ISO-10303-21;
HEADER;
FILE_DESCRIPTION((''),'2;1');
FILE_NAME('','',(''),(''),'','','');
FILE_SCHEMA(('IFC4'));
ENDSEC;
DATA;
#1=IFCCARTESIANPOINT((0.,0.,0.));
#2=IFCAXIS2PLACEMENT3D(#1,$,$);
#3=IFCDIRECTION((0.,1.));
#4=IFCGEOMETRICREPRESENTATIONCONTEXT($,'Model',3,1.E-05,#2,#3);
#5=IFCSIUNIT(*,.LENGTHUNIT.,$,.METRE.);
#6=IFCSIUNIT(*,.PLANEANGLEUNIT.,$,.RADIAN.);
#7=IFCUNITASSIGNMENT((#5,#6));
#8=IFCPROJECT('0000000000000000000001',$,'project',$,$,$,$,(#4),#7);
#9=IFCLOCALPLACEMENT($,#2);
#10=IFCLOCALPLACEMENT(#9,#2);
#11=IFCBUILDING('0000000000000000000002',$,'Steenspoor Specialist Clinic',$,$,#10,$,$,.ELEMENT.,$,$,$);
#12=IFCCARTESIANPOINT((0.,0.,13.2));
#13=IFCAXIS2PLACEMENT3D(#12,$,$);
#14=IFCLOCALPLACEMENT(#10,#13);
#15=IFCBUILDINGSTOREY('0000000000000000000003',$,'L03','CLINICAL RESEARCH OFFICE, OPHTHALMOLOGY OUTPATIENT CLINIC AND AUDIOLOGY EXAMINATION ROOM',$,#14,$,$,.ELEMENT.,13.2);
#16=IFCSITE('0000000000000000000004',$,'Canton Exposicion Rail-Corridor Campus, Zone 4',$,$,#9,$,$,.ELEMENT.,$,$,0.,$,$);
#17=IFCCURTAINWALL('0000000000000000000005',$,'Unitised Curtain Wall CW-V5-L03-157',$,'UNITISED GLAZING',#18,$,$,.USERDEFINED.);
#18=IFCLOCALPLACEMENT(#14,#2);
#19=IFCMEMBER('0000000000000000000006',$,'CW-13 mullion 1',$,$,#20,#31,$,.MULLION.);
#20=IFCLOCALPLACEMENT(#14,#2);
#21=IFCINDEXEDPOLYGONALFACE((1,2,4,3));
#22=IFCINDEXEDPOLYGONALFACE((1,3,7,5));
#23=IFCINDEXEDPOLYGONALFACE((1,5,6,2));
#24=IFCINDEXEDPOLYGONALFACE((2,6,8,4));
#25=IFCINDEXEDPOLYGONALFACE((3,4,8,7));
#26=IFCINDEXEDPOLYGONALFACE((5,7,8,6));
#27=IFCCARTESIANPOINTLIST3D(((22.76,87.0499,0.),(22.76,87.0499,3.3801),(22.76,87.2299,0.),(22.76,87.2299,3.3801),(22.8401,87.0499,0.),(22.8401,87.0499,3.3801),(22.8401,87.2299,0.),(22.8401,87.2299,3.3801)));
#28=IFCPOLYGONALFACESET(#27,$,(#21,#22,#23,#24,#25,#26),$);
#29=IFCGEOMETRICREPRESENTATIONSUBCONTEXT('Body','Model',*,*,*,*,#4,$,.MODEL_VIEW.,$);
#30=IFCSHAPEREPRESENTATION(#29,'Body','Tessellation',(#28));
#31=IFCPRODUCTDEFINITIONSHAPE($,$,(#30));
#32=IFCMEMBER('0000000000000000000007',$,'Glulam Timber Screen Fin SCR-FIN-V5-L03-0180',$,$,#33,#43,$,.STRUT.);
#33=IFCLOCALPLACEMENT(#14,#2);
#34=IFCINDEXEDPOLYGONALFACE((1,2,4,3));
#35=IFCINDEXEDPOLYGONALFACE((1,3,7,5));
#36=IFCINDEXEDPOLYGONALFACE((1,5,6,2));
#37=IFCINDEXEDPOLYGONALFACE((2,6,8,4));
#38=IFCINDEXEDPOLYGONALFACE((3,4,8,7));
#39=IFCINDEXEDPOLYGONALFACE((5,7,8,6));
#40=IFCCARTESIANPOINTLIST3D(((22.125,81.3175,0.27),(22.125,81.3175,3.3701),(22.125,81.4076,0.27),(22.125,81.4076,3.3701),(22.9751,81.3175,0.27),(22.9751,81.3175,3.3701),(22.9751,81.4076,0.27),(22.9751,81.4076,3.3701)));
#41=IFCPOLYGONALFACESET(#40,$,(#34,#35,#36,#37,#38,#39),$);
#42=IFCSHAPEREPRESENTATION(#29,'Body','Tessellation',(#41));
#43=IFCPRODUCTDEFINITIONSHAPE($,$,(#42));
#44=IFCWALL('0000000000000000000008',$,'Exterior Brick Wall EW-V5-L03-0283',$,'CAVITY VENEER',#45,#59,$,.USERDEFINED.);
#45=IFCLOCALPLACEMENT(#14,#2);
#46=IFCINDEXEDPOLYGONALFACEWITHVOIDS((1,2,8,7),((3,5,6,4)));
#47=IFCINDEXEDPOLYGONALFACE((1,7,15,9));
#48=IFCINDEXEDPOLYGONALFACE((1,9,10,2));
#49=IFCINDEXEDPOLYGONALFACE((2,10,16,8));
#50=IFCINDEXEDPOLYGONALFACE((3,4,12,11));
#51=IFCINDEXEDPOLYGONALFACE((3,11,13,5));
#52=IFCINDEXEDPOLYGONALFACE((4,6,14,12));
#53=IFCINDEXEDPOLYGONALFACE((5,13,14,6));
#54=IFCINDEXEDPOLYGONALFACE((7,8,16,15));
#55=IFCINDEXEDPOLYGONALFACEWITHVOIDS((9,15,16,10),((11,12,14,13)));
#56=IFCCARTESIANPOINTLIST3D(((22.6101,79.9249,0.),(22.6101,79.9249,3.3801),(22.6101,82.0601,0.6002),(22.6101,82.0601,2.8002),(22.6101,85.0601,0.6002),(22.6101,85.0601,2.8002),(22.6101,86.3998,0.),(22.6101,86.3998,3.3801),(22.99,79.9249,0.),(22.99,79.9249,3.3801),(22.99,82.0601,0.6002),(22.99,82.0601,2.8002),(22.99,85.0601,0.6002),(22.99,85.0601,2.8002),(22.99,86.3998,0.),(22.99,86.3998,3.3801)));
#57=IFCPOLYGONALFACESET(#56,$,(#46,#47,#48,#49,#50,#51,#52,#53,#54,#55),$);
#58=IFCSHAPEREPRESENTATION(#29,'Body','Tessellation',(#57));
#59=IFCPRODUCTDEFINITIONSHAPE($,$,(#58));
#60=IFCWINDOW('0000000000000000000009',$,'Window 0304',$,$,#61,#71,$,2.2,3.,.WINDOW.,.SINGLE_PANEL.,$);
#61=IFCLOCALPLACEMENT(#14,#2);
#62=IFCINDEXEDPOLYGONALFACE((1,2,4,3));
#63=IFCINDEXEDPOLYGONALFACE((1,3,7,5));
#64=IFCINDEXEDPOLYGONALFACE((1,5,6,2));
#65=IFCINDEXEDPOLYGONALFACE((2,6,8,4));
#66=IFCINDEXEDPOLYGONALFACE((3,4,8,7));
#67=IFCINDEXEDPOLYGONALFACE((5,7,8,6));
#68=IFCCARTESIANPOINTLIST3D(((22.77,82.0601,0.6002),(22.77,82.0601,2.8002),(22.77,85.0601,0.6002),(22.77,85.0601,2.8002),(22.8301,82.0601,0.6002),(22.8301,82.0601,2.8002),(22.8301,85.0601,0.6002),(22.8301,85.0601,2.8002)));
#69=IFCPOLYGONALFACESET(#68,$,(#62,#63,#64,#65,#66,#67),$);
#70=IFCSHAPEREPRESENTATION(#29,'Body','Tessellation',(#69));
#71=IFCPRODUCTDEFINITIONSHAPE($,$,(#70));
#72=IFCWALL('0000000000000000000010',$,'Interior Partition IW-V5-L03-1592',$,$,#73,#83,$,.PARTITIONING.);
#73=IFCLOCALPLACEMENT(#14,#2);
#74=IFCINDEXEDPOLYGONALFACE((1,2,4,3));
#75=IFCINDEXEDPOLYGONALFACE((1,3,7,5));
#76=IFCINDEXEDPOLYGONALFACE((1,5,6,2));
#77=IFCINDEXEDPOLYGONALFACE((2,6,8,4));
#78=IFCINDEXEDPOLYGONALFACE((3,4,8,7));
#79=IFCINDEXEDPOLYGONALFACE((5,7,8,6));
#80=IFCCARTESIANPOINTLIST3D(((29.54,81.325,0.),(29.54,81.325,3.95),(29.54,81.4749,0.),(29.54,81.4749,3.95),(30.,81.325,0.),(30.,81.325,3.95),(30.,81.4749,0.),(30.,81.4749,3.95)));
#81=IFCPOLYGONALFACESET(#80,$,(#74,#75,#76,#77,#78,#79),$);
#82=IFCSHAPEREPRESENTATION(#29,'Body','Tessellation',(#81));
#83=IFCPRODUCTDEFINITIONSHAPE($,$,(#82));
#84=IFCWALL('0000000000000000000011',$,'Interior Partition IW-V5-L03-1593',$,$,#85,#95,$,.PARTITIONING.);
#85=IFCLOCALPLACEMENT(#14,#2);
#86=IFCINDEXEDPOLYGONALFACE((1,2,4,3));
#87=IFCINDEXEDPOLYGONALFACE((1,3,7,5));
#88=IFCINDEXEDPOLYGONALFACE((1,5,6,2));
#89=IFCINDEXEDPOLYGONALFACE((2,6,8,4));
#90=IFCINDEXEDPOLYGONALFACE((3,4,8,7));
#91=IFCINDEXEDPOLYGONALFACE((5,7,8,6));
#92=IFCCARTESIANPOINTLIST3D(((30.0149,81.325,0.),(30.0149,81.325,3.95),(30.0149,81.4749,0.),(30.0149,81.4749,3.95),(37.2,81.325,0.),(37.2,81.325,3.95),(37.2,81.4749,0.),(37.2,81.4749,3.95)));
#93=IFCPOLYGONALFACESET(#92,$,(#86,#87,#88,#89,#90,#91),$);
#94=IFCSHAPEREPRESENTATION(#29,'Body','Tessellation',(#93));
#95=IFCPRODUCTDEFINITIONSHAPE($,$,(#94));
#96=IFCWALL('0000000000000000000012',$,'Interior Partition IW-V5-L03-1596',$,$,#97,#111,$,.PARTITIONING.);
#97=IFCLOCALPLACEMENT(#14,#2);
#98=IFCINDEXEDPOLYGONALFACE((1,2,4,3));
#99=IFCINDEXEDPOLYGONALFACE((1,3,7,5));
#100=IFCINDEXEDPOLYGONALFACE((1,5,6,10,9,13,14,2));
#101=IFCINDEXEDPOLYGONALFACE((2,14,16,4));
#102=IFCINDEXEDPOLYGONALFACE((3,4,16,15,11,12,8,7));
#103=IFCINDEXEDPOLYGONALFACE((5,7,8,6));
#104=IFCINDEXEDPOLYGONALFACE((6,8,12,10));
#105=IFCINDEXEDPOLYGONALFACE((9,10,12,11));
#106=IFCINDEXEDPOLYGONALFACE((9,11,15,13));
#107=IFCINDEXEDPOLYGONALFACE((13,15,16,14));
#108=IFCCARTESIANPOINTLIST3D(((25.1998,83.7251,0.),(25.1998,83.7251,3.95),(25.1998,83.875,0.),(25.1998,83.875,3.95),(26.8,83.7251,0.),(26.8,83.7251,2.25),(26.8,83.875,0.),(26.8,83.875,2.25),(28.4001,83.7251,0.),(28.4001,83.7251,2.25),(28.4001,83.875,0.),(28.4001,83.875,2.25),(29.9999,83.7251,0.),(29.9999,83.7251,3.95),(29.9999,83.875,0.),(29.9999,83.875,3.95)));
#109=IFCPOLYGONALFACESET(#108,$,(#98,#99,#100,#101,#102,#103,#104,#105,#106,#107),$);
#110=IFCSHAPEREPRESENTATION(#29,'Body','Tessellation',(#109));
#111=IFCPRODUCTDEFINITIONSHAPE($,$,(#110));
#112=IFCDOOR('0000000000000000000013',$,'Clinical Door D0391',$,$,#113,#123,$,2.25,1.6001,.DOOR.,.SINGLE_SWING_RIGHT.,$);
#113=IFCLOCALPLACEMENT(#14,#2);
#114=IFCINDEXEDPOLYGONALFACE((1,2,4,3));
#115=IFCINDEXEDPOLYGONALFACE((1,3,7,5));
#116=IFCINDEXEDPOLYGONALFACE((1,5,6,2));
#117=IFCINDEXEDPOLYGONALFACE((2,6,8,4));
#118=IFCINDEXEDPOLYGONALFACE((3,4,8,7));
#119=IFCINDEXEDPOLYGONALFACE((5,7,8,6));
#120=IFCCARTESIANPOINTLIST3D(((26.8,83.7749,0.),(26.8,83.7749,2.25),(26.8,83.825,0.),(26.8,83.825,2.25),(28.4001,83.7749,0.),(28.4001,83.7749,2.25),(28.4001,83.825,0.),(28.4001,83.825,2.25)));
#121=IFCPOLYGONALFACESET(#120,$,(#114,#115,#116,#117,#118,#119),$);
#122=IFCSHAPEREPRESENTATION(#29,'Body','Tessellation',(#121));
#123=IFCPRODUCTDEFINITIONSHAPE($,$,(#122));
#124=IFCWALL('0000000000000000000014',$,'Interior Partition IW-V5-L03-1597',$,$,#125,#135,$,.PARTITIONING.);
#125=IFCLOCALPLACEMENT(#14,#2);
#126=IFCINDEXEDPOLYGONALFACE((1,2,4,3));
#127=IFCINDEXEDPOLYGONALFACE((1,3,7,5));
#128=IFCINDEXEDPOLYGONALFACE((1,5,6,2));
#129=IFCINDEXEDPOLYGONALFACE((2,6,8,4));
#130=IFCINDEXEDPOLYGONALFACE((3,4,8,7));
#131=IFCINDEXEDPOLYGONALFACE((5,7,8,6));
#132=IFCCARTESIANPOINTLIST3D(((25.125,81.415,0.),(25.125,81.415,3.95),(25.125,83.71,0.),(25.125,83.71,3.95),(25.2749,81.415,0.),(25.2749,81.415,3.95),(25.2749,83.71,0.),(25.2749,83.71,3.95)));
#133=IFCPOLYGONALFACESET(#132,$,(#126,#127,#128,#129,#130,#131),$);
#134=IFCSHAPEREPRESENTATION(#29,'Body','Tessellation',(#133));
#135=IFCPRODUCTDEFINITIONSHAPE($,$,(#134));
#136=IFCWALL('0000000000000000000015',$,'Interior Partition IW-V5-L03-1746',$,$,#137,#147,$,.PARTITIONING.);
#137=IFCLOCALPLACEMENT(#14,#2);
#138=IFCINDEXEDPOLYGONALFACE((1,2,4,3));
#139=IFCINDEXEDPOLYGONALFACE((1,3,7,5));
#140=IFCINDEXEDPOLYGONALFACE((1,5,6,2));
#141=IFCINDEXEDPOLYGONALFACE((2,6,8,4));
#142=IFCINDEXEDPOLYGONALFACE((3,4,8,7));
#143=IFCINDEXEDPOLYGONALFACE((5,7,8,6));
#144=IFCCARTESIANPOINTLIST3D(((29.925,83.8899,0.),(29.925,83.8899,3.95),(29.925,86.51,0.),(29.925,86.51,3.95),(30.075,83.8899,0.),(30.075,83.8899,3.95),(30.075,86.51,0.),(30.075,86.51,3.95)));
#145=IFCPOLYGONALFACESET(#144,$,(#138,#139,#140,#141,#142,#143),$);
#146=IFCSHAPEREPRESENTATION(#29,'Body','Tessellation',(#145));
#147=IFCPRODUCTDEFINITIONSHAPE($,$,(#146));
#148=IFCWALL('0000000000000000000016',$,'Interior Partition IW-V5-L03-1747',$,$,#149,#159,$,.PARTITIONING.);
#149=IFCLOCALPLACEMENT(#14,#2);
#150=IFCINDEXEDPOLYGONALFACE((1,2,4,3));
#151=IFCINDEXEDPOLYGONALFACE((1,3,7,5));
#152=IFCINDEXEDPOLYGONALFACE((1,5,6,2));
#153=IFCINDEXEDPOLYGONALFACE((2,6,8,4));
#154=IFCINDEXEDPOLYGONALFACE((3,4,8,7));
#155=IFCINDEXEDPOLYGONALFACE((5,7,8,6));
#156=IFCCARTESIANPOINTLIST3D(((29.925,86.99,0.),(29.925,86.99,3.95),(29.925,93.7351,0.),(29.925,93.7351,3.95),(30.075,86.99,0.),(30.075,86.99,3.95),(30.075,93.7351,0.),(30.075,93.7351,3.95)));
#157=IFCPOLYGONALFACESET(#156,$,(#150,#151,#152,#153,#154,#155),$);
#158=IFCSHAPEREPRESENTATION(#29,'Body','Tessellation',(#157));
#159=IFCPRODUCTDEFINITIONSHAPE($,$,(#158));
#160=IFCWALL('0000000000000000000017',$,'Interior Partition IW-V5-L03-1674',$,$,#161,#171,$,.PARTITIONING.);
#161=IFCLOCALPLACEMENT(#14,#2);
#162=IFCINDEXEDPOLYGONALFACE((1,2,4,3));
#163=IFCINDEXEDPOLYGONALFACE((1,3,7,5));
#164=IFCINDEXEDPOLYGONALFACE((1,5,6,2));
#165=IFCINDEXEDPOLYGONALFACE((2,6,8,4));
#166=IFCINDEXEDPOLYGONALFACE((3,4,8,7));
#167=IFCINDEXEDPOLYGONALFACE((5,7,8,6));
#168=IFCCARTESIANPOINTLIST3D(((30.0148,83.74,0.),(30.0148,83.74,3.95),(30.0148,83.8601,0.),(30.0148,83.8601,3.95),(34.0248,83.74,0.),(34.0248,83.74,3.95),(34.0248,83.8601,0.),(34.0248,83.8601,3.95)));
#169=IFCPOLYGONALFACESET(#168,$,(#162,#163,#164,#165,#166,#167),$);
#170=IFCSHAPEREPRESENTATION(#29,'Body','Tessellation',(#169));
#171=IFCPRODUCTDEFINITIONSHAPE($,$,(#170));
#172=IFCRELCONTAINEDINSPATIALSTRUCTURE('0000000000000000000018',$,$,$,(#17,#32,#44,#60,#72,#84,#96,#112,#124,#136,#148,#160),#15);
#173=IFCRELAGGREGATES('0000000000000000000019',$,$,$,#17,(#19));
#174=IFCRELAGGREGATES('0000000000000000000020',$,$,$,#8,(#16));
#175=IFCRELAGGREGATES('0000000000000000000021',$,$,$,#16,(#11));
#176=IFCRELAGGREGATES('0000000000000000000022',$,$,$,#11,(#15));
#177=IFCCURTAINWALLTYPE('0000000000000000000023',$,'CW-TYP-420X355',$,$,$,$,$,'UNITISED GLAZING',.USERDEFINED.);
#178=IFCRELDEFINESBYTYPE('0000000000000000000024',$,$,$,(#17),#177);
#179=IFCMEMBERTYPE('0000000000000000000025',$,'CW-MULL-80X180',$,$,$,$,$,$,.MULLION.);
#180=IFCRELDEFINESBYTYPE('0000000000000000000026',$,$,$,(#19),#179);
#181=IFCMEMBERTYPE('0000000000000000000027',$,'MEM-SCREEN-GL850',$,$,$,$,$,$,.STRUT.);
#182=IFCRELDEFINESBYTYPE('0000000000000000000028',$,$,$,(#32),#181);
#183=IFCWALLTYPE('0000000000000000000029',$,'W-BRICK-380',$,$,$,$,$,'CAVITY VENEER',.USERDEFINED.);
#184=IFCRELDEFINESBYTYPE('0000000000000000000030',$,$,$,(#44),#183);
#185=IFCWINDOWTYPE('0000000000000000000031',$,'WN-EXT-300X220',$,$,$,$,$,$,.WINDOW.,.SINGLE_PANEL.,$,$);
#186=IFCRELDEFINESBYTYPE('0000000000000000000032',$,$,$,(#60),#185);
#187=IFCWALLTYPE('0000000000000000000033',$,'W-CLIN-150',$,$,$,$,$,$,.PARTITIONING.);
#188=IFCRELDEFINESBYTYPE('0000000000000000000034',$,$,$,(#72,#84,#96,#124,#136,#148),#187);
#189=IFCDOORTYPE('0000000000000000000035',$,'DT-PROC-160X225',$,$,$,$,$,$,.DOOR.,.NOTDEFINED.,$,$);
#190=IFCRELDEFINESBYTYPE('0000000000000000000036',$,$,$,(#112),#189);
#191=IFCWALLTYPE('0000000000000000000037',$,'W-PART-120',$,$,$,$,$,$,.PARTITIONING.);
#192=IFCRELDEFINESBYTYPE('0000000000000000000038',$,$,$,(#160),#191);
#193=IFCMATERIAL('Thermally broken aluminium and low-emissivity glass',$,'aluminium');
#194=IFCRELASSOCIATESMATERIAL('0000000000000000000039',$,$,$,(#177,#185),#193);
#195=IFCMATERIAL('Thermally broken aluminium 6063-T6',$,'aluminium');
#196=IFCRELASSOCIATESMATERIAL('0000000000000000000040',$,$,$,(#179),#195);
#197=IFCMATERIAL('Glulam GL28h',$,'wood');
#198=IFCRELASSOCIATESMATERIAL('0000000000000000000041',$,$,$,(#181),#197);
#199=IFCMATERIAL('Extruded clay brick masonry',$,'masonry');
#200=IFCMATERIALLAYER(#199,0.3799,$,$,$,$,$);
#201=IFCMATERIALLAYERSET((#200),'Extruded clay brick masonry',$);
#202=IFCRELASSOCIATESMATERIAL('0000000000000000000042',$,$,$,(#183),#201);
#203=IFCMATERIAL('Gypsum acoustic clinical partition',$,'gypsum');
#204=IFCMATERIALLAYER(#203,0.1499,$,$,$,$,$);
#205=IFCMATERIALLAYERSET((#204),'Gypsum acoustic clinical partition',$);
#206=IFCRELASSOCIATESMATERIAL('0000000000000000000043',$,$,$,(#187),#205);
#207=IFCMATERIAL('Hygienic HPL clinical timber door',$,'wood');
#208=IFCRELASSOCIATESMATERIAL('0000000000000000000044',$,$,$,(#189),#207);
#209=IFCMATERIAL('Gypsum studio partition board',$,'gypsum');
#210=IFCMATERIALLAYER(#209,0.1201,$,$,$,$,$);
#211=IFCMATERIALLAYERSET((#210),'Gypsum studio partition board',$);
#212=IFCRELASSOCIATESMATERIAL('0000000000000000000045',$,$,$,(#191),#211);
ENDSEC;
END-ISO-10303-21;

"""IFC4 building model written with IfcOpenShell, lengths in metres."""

from ifc_helpers import new_model, si_unit, direction, frame, frame_2d, origin, origin_2d, place, context, subcontext, project, spatial, rectangle, extrude, material, layer, layer_set, material_profile, profile_set, type_object, element, fill, aggregate, save


model = new_model("IFC4")

# Units and contexts
model_context = context("Model", 3, precision=1e-05, world=origin(), true_north=direction((0.0, 1.0)))
body_context = subcontext(model_context, "Body", "Model", "MODEL_VIEW")
ifc_project = project(units=[si_unit("LENGTHUNIT", "METRE"), si_unit("PLANEANGLEUNIT", "RADIAN")], contexts=[model_context])

# Site, building, storey
site_placement = place(None, origin())
site = spatial("IfcSite", under=ifc_project, at=site_placement, Name="Canton Exposicion Rail-Corridor Campus, Zone 4", CompositionType="ELEMENT", RefElevation=0.0)
building_placement = place(site_placement, origin())
building = spatial("IfcBuilding", under=site, at=building_placement, Name="Steenspoor Specialist Clinic", CompositionType="ELEMENT")
storey_placement = place(building_placement, frame((0.0, 0.0, 13.2)))
storey = spatial("IfcBuildingStorey", under=building, at=storey_placement, Name="L03", Description="CLINICAL RESEARCH OFFICE, OPHTHALMOLOGY OUTPATIENT CLINIC AND AUDIOLOGY EXAMINATION ROOM", CompositionType="ELEMENT", Elevation=13.2)

# Shared definitions
ifc_material_1 = material(Name="Glulam GL28h", Category="wood")

# Curtain wall, member
ifc_material_2 = material(Name="Thermally broken aluminium and low-emissivity glass", Category="aluminium")
curtain_wall_type = type_object("IfcCurtainWallType", Name="CW-TYP-420X355", ElementType="UNITISED GLAZING", PredefinedType="USERDEFINED", material=ifc_material_2)
curtain_wall_placement = place(storey_placement, origin())
curtain_wall = element("IfcCurtainWall", 1, at=curtain_wall_placement, inside=storey, type_object=curtain_wall_type, Name="Unitised Curtain Wall CW-V5-L03-157", ObjectType="UNITISED GLAZING", PredefinedType="USERDEFINED")
ifc_material_3 = material(Name="Thermally broken aluminium 6063-T6", Category="aluminium")
ifc_material_profile_1 = material_profile(ifc_material_3, rectangle(XDim=0.0801, YDim=0.1799, at=origin_2d()), Name="CWM-80X180")
ifc_profile_set_1 = profile_set([ifc_material_profile_1], Name="Thermally broken aluminium 6063-T6")
member_type_1 = type_object("IfcMemberType", Name="CW-MULL-80X180", PredefinedType="MULLION", material=ifc_profile_set_1)
member_1_placement = place(storey_placement, frame((22.8, 87.1399, 0.0), z_axis=(0.0, 0.0, 1.0), x_axis=(-1.0, 0.0, 0.0)))
member_1 = element("IfcMember", 2, at=member_1_placement, type_object=member_type_1, Name="CW-13 mullion 1", PredefinedType="MULLION", context=body_context, shape_type="SweptSolid", body=[
    extrude(rectangle(XDim=0.0801, YDim=0.1799, at=origin_2d()), origin(), (0.0, 0.0, 1.0), 3.3801),
])
aggregate(curtain_wall, [member_1])

# Member
ifc_material_profile_2 = material_profile(ifc_material_1, rectangle(XDim=0.0901, YDim=0.8501, at=origin_2d()), Name="GL28H-90X850")
ifc_profile_set_2 = profile_set([ifc_material_profile_2], Name="Glulam GL28h")
member_type_2 = type_object("IfcMemberType", Name="MEM-SCREEN-GL850", PredefinedType="STRUT", material=ifc_profile_set_2)
member_2_placement = place(storey_placement, frame((22.55, 81.3625, 0.27), z_axis=(0.0, 0.0, 1.0), x_axis=(0.0, 1.0, 0.0)))
element("IfcMember", 3, at=member_2_placement, inside=storey, type_object=member_type_2, Name="Glulam Timber Screen Fin SCR-FIN-V5-L03-0180", PredefinedType="STRUT", context=body_context, shape_type="SweptSolid", body=[
    extrude(rectangle(XDim=0.0901, YDim=0.8501, at=origin_2d()), origin(), (0.0, 0.0, 1.0), 3.1001),
])

# Wall, opening, window
ifc_material_4 = material(Name="Extruded clay brick masonry", Category="masonry")
ifc_layer_1 = layer(ifc_material_4, 0.3799)
ifc_layer_set_1 = layer_set([ifc_layer_1], Name="Extruded clay brick masonry")
wall_type_1 = type_object("IfcWallType", Name="W-BRICK-380", ElementType="CAVITY VENEER", PredefinedType="USERDEFINED", material=ifc_layer_set_1)
wall_1_placement = place(storey_placement, frame((22.8, 79.925, 0.0), z_axis=(0.0, 0.0, 1.0), x_axis=(0.0, 1.0, 0.0)))
wall_1 = element("IfcWall", 4, at=wall_1_placement, inside=storey, type_object=wall_type_1, Name="Exterior Brick Wall EW-V5-L03-0283", ObjectType="CAVITY VENEER", PredefinedType="USERDEFINED", context=body_context, shape_type="SweptSolid", body=[
    extrude(rectangle(XDim=6.4749, YDim=0.3799, at=frame_2d((3.2373, 0.0))), origin(), (0.0, 0.0, 1.0), 3.3801),
])
opening_1_placement = place(wall_1_placement, frame((2.135, 0.0, 0.6001)))
opening_1 = element("IfcOpeningElement", 5, at=opening_1_placement, cuts=wall_1, PredefinedType="OPENING", context=body_context, shape_type="SweptSolid", body=[
    extrude(rectangle(XDim=3.0, YDim=2.2, at=frame_2d((1.5, 1.1001))), frame((0.0, 0.2, 0.0), z_axis=(0.0, -1.0, 0.0), x_axis=(1.0, 0.0, 0.0)), (0.0, 0.0, 1.0), 0.3999),
])
window_type = type_object("IfcWindowType", Name="WN-EXT-300X220", PartitioningType="SINGLE_PANEL", PredefinedType="WINDOW", material=ifc_material_2)
window_placement = place(opening_1_placement, origin())
window = element("IfcWindow", 6, at=window_placement, inside=storey, type_object=window_type, Name="Window 0304", OverallHeight=2.2, OverallWidth=3.0, PartitioningType="SINGLE_PANEL", PredefinedType="WINDOW", context=body_context, shape_type="SweptSolid", body=[
    extrude(rectangle(XDim=3.0, YDim=2.2, at=frame_2d((1.5, 1.1001))), frame((0.0, 0.03, 0.0), z_axis=(0.0, -1.0, 0.0), x_axis=(1.0, 0.0, 0.0)), (0.0, 0.0, 1.0), 0.0601),
])
fill(opening_1, window)

# Walls
ifc_material_5 = material(Name="Gypsum acoustic clinical partition", Category="gypsum")
ifc_layer_2 = layer(ifc_material_5, 0.1499)
ifc_layer_set_2 = layer_set([ifc_layer_2], Name="Gypsum acoustic clinical partition")
wall_type_2 = type_object("IfcWallType", Name="W-CLIN-150", PredefinedType="PARTITIONING", material=ifc_layer_set_2)
wall_2_placement = place(storey_placement, frame((29.54, 81.3999, 0.0), z_axis=(0.0, 0.0, 1.0), x_axis=(1.0, 0.0, 0.0)))
element("IfcWall", 7, at=wall_2_placement, inside=storey, type_object=wall_type_2, Name="Interior Partition IW-V5-L03-1592", PredefinedType="PARTITIONING", context=body_context, shape_type="SweptSolid", body=[
    extrude(rectangle(XDim=0.46, YDim=0.1499, at=frame_2d((0.23, 0.0))), origin(), (0.0, 0.0, 1.0), 3.95),
])
wall_3_placement = place(storey_placement, frame((30.0149, 81.3999, 0.0), z_axis=(0.0, 0.0, 1.0), x_axis=(1.0, 0.0, 0.0)))
element("IfcWall", 8, at=wall_3_placement, inside=storey, type_object=wall_type_2, Name="Interior Partition IW-V5-L03-1593", PredefinedType="PARTITIONING", context=body_context, shape_type="SweptSolid", body=[
    extrude(rectangle(XDim=7.1851, YDim=0.1499, at=frame_2d((3.5925, 0.0))), origin(), (0.0, 0.0, 1.0), 3.95),
])

# Wall, opening, door
wall_4_placement = place(storey_placement, frame((25.2, 83.8, 0.0), z_axis=(0.0, 0.0, 1.0), x_axis=(1.0, 0.0, 0.0)))
wall_4 = element("IfcWall", 9, at=wall_4_placement, inside=storey, type_object=wall_type_2, Name="Interior Partition IW-V5-L03-1596", PredefinedType="PARTITIONING", context=body_context, shape_type="SweptSolid", body=[
    extrude(rectangle(XDim=4.8, YDim=0.1499, at=frame_2d((2.3999, 0.0))), origin(), (0.0, 0.0, 1.0), 3.95),
])
opening_2_placement = place(wall_4_placement, frame((1.6001, 0.0, 0.0)))
opening_2 = element("IfcOpeningElement", 10, at=opening_2_placement, cuts=wall_4, PredefinedType="OPENING", context=body_context, shape_type="SweptSolid", body=[
    extrude(rectangle(XDim=1.6001, YDim=2.25, at=frame_2d((0.8, 1.125))), frame((0.0, 0.085, 0.0), z_axis=(0.0, -1.0, 0.0), x_axis=(1.0, 0.0, 0.0)), (0.0, 0.0, 1.0), 0.1699),
])
ifc_material_6 = material(Name="Hygienic HPL clinical timber door", Category="wood")
door_type_1 = type_object("IfcDoorType", Name="DT-PROC-160X225", OperationType="NOTDEFINED", PredefinedType="DOOR", material=ifc_material_6)
door_1_placement = place(opening_2_placement, origin())
door_1 = element("IfcDoor", 11, at=door_1_placement, inside=storey, type_object=door_type_1, Name="Clinical Door D0391", OperationType="SINGLE_SWING_RIGHT", OverallHeight=2.25, OverallWidth=1.6001, PredefinedType="DOOR", context=body_context, shape_type="SweptSolid", body=[
    extrude(rectangle(XDim=1.6001, YDim=2.25, at=frame_2d((0.8, 1.125))), frame((0.0, 0.0249, 0.0), z_axis=(0.0, -1.0, 0.0), x_axis=(1.0, 0.0, 0.0)), (0.0, 0.0, 1.0), 0.05),
])
fill(opening_2, door_1)

# Walls
wall_5_placement = place(storey_placement, frame((25.2, 81.415, 0.0), z_axis=(0.0, 0.0, 1.0), x_axis=(0.0, 1.0, 0.0)))
element("IfcWall", 12, at=wall_5_placement, inside=storey, type_object=wall_type_2, Name="Interior Partition IW-V5-L03-1597", PredefinedType="PARTITIONING", context=body_context, shape_type="SweptSolid", body=[
    extrude(rectangle(XDim=2.2949, YDim=0.1499, at=frame_2d((1.1475, 0.0))), origin(), (0.0, 0.0, 1.0), 3.95),
])
wall_6_placement = place(storey_placement, frame((30.0, 83.8899, 0.0), z_axis=(0.0, 0.0, 1.0), x_axis=(0.0, 1.0, 0.0)))
element("IfcWall", 13, at=wall_6_placement, inside=storey, type_object=wall_type_2, Name="Interior Partition IW-V5-L03-1746", PredefinedType="PARTITIONING", context=body_context, shape_type="SweptSolid", body=[
    extrude(rectangle(XDim=2.6201, YDim=0.1499, at=frame_2d((1.3101, 0.0))), origin(), (0.0, 0.0, 1.0), 3.95),
])
wall_7_placement = place(storey_placement, frame((30.0, 86.99, 0.0), z_axis=(0.0, 0.0, 1.0), x_axis=(0.0, 1.0, 0.0)))
element("IfcWall", 14, at=wall_7_placement, inside=storey, type_object=wall_type_2, Name="Interior Partition IW-V5-L03-1747", PredefinedType="PARTITIONING", context=body_context, shape_type="SweptSolid", body=[
    extrude(rectangle(XDim=6.7451, YDim=0.1499, at=frame_2d((3.3726, 0.0))), origin(), (0.0, 0.0, 1.0), 3.95),
])
ifc_material_7 = material(Name="Gypsum studio partition board", Category="gypsum")
ifc_layer_3 = layer(ifc_material_7, 0.1201)
ifc_layer_set_3 = layer_set([ifc_layer_3], Name="Gypsum studio partition board")
wall_type_3 = type_object("IfcWallType", Name="W-PART-120", PredefinedType="PARTITIONING", material=ifc_layer_set_3)
wall_8_placement = place(storey_placement, frame((30.0149, 83.8, 0.0), z_axis=(0.0, 0.0, 1.0), x_axis=(1.0, 0.0, 0.0)))
element("IfcWall", 15, at=wall_8_placement, inside=storey, type_object=wall_type_3, Name="Interior Partition IW-V5-L03-1674", PredefinedType="PARTITIONING", context=body_context, shape_type="SweptSolid", body=[
    extrude(rectangle(XDim=4.01, YDim=0.1201, at=frame_2d((2.0049, 0.0))), origin(), (0.0, 0.0, 1.0), 3.95),
])

save(model, "model.ifc")
